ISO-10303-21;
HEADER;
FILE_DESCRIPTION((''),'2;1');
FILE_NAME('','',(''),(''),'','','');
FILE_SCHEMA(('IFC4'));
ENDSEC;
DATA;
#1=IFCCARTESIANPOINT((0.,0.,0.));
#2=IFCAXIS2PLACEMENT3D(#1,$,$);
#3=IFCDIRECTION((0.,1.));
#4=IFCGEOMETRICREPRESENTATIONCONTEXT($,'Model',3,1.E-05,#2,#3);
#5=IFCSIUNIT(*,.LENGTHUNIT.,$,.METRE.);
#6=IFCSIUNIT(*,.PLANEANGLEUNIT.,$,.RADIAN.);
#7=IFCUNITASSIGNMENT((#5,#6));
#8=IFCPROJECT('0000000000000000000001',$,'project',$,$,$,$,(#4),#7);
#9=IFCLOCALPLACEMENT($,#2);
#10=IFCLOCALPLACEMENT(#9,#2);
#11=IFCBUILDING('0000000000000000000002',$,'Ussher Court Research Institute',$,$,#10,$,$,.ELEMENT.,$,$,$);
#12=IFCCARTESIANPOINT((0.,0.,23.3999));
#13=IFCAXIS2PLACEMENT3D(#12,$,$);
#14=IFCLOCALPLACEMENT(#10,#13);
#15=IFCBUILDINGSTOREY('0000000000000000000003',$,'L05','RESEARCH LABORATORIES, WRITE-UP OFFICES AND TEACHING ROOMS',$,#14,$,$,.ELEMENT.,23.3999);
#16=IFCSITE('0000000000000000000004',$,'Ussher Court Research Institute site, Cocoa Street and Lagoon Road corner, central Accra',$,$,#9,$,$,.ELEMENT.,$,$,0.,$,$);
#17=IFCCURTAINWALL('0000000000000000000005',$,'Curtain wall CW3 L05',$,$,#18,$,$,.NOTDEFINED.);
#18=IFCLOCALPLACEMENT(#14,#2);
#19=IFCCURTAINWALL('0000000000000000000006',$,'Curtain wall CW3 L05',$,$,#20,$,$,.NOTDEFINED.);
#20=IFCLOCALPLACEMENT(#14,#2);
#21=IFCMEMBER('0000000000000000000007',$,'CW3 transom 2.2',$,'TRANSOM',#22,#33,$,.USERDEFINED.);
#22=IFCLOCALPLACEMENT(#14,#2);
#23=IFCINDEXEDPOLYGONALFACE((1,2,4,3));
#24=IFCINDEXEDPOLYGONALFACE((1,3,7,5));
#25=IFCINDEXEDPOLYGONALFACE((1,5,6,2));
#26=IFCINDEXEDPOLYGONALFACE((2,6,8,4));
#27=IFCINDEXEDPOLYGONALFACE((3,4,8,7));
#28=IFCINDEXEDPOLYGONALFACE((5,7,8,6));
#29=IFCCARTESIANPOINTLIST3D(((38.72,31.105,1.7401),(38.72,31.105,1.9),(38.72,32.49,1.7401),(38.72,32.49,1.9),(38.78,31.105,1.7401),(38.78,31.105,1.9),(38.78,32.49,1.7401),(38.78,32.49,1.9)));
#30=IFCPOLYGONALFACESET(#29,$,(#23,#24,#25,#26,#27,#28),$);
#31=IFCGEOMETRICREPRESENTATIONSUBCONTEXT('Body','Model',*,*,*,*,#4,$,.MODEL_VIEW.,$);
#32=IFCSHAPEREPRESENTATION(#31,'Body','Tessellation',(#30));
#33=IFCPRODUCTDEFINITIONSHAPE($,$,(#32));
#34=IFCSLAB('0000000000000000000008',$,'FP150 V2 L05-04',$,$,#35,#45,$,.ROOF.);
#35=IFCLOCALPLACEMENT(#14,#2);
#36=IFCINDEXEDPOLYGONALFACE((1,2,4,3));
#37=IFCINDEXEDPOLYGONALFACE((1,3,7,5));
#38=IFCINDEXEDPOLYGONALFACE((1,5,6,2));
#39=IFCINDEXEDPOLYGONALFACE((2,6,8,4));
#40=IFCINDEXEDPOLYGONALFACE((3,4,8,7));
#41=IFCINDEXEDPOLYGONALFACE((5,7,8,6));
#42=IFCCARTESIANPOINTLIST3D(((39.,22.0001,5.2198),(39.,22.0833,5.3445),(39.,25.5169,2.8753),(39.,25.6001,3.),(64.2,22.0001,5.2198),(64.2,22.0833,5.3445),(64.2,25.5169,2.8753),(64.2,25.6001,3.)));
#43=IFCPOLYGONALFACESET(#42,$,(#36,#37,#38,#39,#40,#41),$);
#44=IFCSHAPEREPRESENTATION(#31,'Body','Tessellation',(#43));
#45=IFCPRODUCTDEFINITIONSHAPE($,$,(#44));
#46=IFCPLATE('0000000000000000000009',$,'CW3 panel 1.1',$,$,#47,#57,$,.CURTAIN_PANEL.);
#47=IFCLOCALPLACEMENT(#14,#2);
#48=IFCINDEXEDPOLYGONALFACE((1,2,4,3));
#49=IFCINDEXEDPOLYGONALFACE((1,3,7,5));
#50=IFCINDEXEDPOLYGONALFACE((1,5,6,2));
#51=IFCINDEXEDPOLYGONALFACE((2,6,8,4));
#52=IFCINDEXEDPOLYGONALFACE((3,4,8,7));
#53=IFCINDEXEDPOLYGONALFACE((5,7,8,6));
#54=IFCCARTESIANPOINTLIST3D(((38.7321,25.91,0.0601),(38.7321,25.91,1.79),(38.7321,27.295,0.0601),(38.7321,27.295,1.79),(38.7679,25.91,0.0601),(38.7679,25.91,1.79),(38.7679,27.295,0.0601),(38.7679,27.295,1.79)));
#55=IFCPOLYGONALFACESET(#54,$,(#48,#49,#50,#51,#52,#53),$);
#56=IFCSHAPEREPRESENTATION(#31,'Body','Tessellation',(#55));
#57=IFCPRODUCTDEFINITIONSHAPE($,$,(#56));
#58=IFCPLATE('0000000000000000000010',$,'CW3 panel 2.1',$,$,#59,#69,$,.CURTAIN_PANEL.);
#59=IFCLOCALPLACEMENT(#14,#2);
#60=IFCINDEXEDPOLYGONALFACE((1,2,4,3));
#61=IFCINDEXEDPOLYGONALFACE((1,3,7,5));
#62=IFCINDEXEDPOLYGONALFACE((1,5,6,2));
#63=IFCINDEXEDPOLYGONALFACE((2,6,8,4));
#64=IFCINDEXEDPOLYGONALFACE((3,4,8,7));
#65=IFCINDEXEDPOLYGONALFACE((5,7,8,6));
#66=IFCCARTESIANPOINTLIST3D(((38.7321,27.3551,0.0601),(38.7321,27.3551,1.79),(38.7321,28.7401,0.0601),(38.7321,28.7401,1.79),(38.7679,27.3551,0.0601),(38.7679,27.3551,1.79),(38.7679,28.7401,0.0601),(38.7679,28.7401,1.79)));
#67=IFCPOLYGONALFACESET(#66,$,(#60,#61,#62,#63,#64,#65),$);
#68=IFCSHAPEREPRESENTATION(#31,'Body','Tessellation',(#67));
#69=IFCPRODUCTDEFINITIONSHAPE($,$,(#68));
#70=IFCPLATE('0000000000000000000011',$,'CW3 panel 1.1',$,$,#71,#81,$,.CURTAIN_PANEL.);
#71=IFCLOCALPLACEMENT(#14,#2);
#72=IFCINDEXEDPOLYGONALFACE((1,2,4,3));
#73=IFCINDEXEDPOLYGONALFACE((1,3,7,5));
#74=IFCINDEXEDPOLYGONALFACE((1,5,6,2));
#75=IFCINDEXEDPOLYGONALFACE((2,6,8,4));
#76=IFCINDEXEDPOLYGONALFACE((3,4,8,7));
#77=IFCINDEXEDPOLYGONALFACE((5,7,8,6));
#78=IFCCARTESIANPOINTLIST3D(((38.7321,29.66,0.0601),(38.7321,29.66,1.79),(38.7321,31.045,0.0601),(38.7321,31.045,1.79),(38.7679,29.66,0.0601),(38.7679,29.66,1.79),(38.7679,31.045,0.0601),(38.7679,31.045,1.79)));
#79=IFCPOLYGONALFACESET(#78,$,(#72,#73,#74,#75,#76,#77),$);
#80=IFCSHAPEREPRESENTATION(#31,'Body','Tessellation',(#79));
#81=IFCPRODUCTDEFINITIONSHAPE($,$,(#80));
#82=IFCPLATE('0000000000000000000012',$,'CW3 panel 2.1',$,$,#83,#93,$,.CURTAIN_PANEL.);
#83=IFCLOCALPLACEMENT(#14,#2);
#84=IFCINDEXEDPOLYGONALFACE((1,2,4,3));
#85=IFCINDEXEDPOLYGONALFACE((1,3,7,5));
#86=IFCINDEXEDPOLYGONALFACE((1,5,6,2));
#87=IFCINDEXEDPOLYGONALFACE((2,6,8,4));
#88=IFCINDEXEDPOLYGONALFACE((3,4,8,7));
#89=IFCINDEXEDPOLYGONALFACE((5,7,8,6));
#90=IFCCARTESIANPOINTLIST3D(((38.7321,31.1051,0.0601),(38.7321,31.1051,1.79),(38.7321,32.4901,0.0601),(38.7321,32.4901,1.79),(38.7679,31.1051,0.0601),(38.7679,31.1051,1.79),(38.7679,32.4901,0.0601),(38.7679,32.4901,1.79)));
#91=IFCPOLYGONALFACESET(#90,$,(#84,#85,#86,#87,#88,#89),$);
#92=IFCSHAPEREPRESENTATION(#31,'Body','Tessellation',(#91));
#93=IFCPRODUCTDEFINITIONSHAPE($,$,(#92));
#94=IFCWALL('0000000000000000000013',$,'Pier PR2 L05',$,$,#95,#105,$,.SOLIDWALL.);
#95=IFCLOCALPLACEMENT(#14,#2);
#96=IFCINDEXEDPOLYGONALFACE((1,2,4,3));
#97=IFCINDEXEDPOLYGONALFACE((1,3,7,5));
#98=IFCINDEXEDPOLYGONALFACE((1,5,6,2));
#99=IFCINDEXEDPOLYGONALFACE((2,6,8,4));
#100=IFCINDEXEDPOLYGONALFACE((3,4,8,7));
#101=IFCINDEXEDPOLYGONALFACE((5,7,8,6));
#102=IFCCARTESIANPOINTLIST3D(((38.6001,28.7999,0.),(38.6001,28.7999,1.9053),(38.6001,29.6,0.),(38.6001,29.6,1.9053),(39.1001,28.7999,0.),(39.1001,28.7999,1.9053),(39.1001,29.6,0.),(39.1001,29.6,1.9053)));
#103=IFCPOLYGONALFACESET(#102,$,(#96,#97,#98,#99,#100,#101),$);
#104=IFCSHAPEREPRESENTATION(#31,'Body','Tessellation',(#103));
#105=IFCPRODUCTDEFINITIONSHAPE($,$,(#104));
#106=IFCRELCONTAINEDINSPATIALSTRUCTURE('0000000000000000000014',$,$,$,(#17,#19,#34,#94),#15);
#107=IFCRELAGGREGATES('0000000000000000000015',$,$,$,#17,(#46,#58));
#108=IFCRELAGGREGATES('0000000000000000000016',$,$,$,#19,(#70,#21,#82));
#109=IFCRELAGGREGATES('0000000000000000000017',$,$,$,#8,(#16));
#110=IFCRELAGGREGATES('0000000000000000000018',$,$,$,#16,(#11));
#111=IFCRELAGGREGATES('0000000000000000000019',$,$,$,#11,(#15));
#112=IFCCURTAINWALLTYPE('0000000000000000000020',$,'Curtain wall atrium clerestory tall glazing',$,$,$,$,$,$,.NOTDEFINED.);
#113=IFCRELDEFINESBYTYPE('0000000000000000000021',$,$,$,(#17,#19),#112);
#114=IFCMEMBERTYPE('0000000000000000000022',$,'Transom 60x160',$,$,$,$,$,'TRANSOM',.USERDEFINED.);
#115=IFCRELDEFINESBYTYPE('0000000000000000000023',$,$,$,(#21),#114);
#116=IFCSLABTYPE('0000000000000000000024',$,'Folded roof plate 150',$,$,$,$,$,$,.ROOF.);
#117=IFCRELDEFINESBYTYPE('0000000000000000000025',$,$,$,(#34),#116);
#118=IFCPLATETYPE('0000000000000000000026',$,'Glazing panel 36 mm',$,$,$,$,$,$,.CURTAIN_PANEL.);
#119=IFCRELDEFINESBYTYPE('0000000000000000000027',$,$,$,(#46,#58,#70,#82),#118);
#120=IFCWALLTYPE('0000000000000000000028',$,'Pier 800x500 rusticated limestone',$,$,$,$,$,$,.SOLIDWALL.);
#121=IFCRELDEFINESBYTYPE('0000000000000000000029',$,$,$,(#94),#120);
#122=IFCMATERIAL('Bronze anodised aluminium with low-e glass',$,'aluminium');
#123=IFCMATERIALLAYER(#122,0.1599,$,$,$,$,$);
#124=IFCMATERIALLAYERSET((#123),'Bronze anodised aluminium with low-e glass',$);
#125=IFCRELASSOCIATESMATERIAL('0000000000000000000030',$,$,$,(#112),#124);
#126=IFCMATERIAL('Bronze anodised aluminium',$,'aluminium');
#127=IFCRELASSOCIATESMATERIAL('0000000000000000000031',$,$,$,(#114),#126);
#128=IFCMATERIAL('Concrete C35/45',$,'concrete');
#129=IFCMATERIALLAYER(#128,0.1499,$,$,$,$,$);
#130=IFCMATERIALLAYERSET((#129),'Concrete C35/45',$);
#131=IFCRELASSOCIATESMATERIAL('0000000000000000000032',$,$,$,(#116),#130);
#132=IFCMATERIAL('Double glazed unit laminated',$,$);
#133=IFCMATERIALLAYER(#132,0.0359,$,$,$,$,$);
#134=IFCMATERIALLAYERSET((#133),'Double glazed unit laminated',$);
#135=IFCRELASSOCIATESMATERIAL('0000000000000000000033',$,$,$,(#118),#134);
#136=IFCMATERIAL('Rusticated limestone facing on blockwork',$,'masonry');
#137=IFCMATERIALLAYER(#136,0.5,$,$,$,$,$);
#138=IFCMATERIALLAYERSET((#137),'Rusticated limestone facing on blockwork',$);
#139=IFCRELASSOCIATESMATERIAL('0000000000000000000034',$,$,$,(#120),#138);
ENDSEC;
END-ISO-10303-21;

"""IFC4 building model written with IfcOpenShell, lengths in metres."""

from ifc_helpers import new_model, si_unit, direction, frame, frame_2d, origin, origin_2d, place, context, subcontext, project, spatial, polyline, rectangle, outline, extrude, material, layer, layer_set, material_profile, profile_set, type_object, element, aggregate, save


model = new_model("IFC4")

# Units and contexts
model_context = context("Model", 3, precision=1e-05, world=origin(), true_north=direction((0.0, 1.0)))
body_context = subcontext(model_context, "Body", "Model", "MODEL_VIEW")
ifc_project = project(units=[si_unit("LENGTHUNIT", "METRE"), si_unit("PLANEANGLEUNIT", "RADIAN")], contexts=[model_context])

# Site, building, storey
site_placement = place(None, origin())
site = spatial("IfcSite", under=ifc_project, at=site_placement, Name="Ussher Court Research Institute site, Cocoa Street and Lagoon Road corner, central Accra", CompositionType="ELEMENT", RefElevation=0.0)
building_placement = place(site_placement, origin())
building = spatial("IfcBuilding", under=site, at=building_placement, Name="Ussher Court Research Institute", CompositionType="ELEMENT")
storey_placement = place(building_placement, frame((0.0, 0.0, 23.3999)))
storey = spatial("IfcBuildingStorey", under=building, at=storey_placement, Name="L05", Description="RESEARCH LABORATORIES, WRITE-UP OFFICES AND TEACHING ROOMS", CompositionType="ELEMENT", Elevation=23.3999)

# Curtain walls
ifc_material_1 = material(Name="Bronze anodised aluminium with low-e glass", Category="aluminium")
ifc_layer_1 = layer(ifc_material_1, 0.1599)
ifc_layer_set_1 = layer_set([ifc_layer_1], Name="Bronze anodised aluminium with low-e glass")
curtain_wall_type = type_object("IfcCurtainWallType", Name="Curtain wall atrium clerestory tall glazing", PredefinedType="NOTDEFINED", material=ifc_layer_set_1)
curtain_wall_1_placement = place(storey_placement, origin())
curtain_wall_1 = element("IfcCurtainWall", 1, at=curtain_wall_1_placement, inside=storey, type_object=curtain_wall_type, Name="Curtain wall CW3 L05", PredefinedType="NOTDEFINED")
curtain_wall_2_placement = place(storey_placement, origin())
curtain_wall_2 = element("IfcCurtainWall", 2, at=curtain_wall_2_placement, inside=storey, type_object=curtain_wall_type, Name="Curtain wall CW3 L05", PredefinedType="NOTDEFINED")

# Member
ifc_material_2 = material(Name="Bronze anodised aluminium", Category="aluminium")
ifc_material_profile_1 = material_profile(ifc_material_2, rectangle(XDim=0.0601, YDim=0.1599, at=origin_2d()), Name="Transom 60x160")
ifc_profile_set_1 = profile_set([ifc_material_profile_1], Name="Bronze anodised aluminium")
member_type_1 = type_object("IfcMemberType", Name="Transom 60x160", ElementType="TRANSOM", PredefinedType="USERDEFINED", material=ifc_profile_set_1)
member_1_placement = place(storey_placement, frame((38.75, 31.105, 1.8201), z_axis=(0.0, 1.0, 0.0), x_axis=(-1.0, 0.0, 0.0)))
member_1 = element("IfcMember", 3, at=member_1_placement, type_object=member_type_1, Name="CW3 transom 2.2", ObjectType="TRANSOM", PredefinedType="USERDEFINED", context=body_context, shape_type="SweptSolid", body=[
    extrude(rectangle(XDim=0.0601, YDim=0.1599, at=origin_2d()), origin(), (0.0, 0.0, 1.0), 1.385),
])

# Slab
ifc_material_3 = material(Name="Concrete C35/45", Category="concrete")
ifc_layer_2 = layer(ifc_material_3, 0.1499)
ifc_layer_set_2 = layer_set([ifc_layer_2], Name="Concrete C35/45")
slab_type = type_object("IfcSlabType", Name="Folded roof plate 150", PredefinedType="ROOF", material=ifc_layer_set_2)
slab_placement = place(storey_placement, frame((39.0, 25.6001, 3.0), z_axis=(0.0, 0.554687, 0.832059), x_axis=(1.0, 0.0, 0.0)))
element("IfcSlab", 4, at=slab_placement, inside=storey, type_object=slab_type, Name="FP150 V2 L05-04", PredefinedType="ROOF", context=body_context, shape_type="SweptSolid", body=[
    extrude(outline(polyline([(0.0, 0.0), (25.2, 0.0), (25.2, -4.2267), (0.0, -4.2267), (0.0, 0.0)])), origin(), (0.0, 0.0, -1.0), 0.1499),
])

# Plates
ifc_material_4 = material(Name="Double glazed unit laminated")
ifc_layer_3 = layer(ifc_material_4, 0.0359)
ifc_layer_set_3 = layer_set([ifc_layer_3], Name="Double glazed unit laminated")
plate_type = type_object("IfcPlateType", Name="Glazing panel 36 mm", PredefinedType="CURTAIN_PANEL", material=ifc_layer_set_3)
plate_1_placement = place(storey_placement, frame((38.75, 26.6025, 0.0601), z_axis=(0.0, 0.0, 1.0), x_axis=(0.0, 1.0, 0.0)))
plate_1 = element("IfcPlate", 5, at=plate_1_placement, type_object=plate_type, Name="CW3 panel 1.1", PredefinedType="CURTAIN_PANEL", context=body_context, shape_type="SweptSolid", body=[
    extrude(rectangle(XDim=1.385, YDim=0.0359, at=origin_2d()), origin(), (0.0, 0.0, 1.0), 1.73),
])
plate_2_placement = place(storey_placement, frame((38.75, 28.0476, 0.0601), z_axis=(0.0, 0.0, 1.0), x_axis=(0.0, 1.0, 0.0)))
plate_2 = element("IfcPlate", 6, at=plate_2_placement, type_object=plate_type, Name="CW3 panel 2.1", PredefinedType="CURTAIN_PANEL", context=body_context, shape_type="SweptSolid", body=[
    extrude(rectangle(XDim=1.385, YDim=0.0359, at=origin_2d()), origin(), (0.0, 0.0, 1.0), 1.73),
])
aggregate(curtain_wall_1, [plate_1, plate_2])
plate_3_placement = place(storey_placement, frame((38.75, 30.3525, 0.0601), z_axis=(0.0, 0.0, 1.0), x_axis=(0.0, 1.0, 0.0)))
plate_3 = element("IfcPlate", 7, at=plate_3_placement, type_object=plate_type, Name="CW3 panel 1.1", PredefinedType="CURTAIN_PANEL", context=body_context, shape_type="SweptSolid", body=[
    extrude(rectangle(XDim=1.385, YDim=0.0359, at=origin_2d()), origin(), (0.0, 0.0, 1.0), 1.73),
])
plate_4_placement = place(storey_placement, frame((38.75, 31.7976, 0.0601), z_axis=(0.0, 0.0, 1.0), x_axis=(0.0, 1.0, 0.0)))
plate_4 = element("IfcPlate", 8, at=plate_4_placement, type_object=plate_type, Name="CW3 panel 2.1", PredefinedType="CURTAIN_PANEL", context=body_context, shape_type="SweptSolid", body=[
    extrude(rectangle(XDim=1.385, YDim=0.0359, at=origin_2d()), origin(), (0.0, 0.0, 1.0), 1.73),
])
aggregate(curtain_wall_2, [plate_3, member_1, plate_4])

# Wall
ifc_material_5 = material(Name="Rusticated limestone facing on blockwork", Category="masonry")
ifc_layer_4 = layer(ifc_material_5, 0.5)
ifc_layer_set_4 = layer_set([ifc_layer_4], Name="Rusticated limestone facing on blockwork")
wall_type = type_object("IfcWallType", Name="Pier 800x500 rusticated limestone", PredefinedType="SOLIDWALL", material=ifc_layer_set_4)
wall_placement = place(storey_placement, frame((38.8501, 28.8, 0.0), z_axis=(0.0, 0.0, 1.0), x_axis=(0.0, 1.0, 0.0)))
element("IfcWall", 9, at=wall_placement, inside=storey, type_object=wall_type, Name="Pier PR2 L05", PredefinedType="SOLIDWALL", context=body_context, shape_type="SweptSolid", body=[
    extrude(rectangle(XDim=0.8, YDim=0.5, at=frame_2d((0.3999, 0.0))), origin(), (0.0, 0.0, 1.0), 1.9053),
])

save(model, "model.ifc")
